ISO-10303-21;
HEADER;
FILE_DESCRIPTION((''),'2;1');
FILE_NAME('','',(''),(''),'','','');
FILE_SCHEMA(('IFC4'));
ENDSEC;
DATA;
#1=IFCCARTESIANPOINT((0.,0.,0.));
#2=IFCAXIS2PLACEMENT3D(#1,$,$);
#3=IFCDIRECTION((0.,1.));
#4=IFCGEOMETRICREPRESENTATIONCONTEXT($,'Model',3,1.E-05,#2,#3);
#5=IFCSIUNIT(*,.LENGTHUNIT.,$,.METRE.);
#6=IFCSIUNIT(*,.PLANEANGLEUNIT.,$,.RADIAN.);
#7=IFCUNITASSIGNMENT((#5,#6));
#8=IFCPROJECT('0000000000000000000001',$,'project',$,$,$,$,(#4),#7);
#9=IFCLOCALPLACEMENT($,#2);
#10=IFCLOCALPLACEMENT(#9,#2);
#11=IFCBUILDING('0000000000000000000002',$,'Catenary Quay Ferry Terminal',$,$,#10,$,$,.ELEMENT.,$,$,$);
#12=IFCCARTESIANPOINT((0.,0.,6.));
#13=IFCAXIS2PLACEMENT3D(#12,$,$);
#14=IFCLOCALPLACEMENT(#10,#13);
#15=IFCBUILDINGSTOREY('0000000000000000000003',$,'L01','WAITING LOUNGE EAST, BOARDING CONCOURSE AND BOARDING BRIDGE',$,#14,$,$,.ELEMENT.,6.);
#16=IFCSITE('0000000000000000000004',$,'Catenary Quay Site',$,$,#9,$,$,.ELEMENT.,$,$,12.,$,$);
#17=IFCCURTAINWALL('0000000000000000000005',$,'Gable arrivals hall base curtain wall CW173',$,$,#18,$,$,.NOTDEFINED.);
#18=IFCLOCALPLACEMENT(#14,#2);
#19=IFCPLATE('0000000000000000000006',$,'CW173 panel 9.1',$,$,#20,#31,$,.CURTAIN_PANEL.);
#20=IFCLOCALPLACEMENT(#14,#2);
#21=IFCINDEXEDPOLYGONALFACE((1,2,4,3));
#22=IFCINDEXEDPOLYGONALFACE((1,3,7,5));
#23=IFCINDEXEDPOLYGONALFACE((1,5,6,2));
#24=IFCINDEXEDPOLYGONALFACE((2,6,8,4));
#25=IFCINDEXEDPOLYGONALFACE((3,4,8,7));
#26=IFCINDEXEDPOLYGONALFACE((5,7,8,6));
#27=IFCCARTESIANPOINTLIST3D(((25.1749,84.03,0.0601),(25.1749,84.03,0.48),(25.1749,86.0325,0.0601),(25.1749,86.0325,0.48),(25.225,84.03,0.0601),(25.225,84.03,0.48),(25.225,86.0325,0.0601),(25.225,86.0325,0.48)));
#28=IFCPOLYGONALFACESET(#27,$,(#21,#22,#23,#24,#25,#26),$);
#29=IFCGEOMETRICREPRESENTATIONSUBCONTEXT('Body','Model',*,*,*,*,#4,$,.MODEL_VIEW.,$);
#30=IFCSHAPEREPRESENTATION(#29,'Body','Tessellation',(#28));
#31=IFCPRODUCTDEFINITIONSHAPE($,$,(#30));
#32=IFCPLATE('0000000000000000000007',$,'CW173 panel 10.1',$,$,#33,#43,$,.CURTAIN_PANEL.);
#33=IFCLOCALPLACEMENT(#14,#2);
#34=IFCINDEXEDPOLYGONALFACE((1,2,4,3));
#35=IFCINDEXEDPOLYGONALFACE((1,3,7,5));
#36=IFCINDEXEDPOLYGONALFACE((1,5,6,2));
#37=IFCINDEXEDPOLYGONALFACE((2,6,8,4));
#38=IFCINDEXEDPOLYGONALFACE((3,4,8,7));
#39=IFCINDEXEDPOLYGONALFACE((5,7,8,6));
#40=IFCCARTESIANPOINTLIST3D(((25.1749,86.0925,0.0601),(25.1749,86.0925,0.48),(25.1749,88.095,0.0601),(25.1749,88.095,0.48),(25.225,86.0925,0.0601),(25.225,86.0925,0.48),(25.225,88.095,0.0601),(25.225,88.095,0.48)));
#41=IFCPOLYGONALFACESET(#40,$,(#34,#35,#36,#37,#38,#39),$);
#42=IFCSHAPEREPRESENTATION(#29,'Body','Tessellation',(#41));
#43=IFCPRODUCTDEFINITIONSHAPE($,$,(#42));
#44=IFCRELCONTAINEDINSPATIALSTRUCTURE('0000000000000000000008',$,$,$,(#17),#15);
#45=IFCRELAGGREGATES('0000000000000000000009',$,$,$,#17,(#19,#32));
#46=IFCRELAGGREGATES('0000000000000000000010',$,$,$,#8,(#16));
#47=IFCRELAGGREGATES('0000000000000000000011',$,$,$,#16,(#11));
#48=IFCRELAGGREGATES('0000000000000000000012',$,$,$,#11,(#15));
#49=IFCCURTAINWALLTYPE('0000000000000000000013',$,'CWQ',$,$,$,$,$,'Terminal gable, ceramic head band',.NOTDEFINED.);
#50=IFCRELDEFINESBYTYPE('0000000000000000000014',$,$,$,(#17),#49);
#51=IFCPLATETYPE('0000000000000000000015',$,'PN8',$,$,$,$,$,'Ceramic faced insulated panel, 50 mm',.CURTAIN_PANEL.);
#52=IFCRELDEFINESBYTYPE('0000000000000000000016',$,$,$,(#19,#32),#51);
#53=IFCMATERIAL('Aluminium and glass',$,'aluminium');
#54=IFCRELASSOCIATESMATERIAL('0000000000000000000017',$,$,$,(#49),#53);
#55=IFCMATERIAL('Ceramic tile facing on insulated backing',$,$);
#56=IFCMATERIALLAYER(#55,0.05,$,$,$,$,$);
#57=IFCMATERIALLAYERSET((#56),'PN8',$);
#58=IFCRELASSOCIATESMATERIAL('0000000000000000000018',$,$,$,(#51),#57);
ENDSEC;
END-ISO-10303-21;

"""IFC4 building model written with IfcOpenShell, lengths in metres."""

from ifc_helpers import new_model, si_unit, direction, frame, origin, origin_2d, place, context, subcontext, project, spatial, rectangle, extrude, material, layer, layer_set, type_object, element, aggregate, save


model = new_model("IFC4")

# Units and contexts
model_context = context("Model", 3, precision=1e-05, world=origin(), true_north=direction((0.0, 1.0)))
body_context = subcontext(model_context, "Body", "Model", "MODEL_VIEW")
ifc_project = project(units=[si_unit("LENGTHUNIT", "METRE"), si_unit("PLANEANGLEUNIT", "RADIAN")], contexts=[model_context])

# Site, building, storey
site_placement = place(None, origin())
site = spatial("IfcSite", under=ifc_project, at=site_placement, Name="Catenary Quay Site", CompositionType="ELEMENT", RefElevation=12.0)
building_placement = place(site_placement, origin())
building = spatial("IfcBuilding", under=site, at=building_placement, Name="Catenary Quay Ferry Terminal", CompositionType="ELEMENT")
storey_placement = place(building_placement, frame((0.0, 0.0, 6.0)))
storey = spatial("IfcBuildingStorey", under=building, at=storey_placement, Name="L01", Description="WAITING LOUNGE EAST, BOARDING CONCOURSE AND BOARDING BRIDGE", CompositionType="ELEMENT", Elevation=6.0)

# Curtain wall
ifc_material_1 = material(Name="Aluminium and glass", Category="aluminium")
curtain_wall_type_1 = type_object("IfcCurtainWallType", Name="CWQ", ElementType="Terminal gable, ceramic head band", PredefinedType="NOTDEFINED", material=ifc_material_1)
curtain_wall_1_placement = place(storey_placement, origin())
curtain_wall_1 = element("IfcCurtainWall", 1, at=curtain_wall_1_placement, inside=storey, type_object=curtain_wall_type_1, Name="Gable arrivals hall base curtain wall CW173", PredefinedType="NOTDEFINED")

# Plates
ifc_material_2 = material(Name="Ceramic tile facing on insulated backing")
ifc_layer_1 = layer(ifc_material_2, 0.05)
ifc_layer_set_1 = layer_set([ifc_layer_1], Name="PN8")
plate_type_1 = type_object("IfcPlateType", Name="PN8", ElementType="Ceramic faced insulated panel, 50 mm", PredefinedType="CURTAIN_PANEL", material=ifc_layer_set_1)
plate_1_placement = place(storey_placement, frame((25.2, 85.0312, 0.0601), z_axis=(0.0, 0.0, 1.0), x_axis=(0.0, 1.0, 0.0)))
plate_1 = element("IfcPlate", 2, at=plate_1_placement, type_object=plate_type_1, Name="CW173 panel 9.1", PredefinedType="CURTAIN_PANEL", context=body_context, shape_type="SweptSolid", body=[
    extrude(rectangle(XDim=2.0024, YDim=0.05, at=origin_2d()), origin(), (0.0, 0.0, 1.0), 0.4199),
])
plate_2_placement = place(storey_placement, frame((25.2, 87.0938, 0.0601), z_axis=(0.0, 0.0, 1.0), x_axis=(0.0, 1.0, 0.0)))
plate_2 = element("IfcPlate", 3, at=plate_2_placement, type_object=plate_type_1, Name="CW173 panel 10.1", PredefinedType="CURTAIN_PANEL", context=body_context, shape_type="SweptSolid", body=[
    extrude(rectangle(XDim=2.0024, YDim=0.05, at=origin_2d()), origin(), (0.0, 0.0, 1.0), 0.4199),
])
aggregate(curtain_wall_1, [plate_1, plate_2])

save(model, "model.ifc")
